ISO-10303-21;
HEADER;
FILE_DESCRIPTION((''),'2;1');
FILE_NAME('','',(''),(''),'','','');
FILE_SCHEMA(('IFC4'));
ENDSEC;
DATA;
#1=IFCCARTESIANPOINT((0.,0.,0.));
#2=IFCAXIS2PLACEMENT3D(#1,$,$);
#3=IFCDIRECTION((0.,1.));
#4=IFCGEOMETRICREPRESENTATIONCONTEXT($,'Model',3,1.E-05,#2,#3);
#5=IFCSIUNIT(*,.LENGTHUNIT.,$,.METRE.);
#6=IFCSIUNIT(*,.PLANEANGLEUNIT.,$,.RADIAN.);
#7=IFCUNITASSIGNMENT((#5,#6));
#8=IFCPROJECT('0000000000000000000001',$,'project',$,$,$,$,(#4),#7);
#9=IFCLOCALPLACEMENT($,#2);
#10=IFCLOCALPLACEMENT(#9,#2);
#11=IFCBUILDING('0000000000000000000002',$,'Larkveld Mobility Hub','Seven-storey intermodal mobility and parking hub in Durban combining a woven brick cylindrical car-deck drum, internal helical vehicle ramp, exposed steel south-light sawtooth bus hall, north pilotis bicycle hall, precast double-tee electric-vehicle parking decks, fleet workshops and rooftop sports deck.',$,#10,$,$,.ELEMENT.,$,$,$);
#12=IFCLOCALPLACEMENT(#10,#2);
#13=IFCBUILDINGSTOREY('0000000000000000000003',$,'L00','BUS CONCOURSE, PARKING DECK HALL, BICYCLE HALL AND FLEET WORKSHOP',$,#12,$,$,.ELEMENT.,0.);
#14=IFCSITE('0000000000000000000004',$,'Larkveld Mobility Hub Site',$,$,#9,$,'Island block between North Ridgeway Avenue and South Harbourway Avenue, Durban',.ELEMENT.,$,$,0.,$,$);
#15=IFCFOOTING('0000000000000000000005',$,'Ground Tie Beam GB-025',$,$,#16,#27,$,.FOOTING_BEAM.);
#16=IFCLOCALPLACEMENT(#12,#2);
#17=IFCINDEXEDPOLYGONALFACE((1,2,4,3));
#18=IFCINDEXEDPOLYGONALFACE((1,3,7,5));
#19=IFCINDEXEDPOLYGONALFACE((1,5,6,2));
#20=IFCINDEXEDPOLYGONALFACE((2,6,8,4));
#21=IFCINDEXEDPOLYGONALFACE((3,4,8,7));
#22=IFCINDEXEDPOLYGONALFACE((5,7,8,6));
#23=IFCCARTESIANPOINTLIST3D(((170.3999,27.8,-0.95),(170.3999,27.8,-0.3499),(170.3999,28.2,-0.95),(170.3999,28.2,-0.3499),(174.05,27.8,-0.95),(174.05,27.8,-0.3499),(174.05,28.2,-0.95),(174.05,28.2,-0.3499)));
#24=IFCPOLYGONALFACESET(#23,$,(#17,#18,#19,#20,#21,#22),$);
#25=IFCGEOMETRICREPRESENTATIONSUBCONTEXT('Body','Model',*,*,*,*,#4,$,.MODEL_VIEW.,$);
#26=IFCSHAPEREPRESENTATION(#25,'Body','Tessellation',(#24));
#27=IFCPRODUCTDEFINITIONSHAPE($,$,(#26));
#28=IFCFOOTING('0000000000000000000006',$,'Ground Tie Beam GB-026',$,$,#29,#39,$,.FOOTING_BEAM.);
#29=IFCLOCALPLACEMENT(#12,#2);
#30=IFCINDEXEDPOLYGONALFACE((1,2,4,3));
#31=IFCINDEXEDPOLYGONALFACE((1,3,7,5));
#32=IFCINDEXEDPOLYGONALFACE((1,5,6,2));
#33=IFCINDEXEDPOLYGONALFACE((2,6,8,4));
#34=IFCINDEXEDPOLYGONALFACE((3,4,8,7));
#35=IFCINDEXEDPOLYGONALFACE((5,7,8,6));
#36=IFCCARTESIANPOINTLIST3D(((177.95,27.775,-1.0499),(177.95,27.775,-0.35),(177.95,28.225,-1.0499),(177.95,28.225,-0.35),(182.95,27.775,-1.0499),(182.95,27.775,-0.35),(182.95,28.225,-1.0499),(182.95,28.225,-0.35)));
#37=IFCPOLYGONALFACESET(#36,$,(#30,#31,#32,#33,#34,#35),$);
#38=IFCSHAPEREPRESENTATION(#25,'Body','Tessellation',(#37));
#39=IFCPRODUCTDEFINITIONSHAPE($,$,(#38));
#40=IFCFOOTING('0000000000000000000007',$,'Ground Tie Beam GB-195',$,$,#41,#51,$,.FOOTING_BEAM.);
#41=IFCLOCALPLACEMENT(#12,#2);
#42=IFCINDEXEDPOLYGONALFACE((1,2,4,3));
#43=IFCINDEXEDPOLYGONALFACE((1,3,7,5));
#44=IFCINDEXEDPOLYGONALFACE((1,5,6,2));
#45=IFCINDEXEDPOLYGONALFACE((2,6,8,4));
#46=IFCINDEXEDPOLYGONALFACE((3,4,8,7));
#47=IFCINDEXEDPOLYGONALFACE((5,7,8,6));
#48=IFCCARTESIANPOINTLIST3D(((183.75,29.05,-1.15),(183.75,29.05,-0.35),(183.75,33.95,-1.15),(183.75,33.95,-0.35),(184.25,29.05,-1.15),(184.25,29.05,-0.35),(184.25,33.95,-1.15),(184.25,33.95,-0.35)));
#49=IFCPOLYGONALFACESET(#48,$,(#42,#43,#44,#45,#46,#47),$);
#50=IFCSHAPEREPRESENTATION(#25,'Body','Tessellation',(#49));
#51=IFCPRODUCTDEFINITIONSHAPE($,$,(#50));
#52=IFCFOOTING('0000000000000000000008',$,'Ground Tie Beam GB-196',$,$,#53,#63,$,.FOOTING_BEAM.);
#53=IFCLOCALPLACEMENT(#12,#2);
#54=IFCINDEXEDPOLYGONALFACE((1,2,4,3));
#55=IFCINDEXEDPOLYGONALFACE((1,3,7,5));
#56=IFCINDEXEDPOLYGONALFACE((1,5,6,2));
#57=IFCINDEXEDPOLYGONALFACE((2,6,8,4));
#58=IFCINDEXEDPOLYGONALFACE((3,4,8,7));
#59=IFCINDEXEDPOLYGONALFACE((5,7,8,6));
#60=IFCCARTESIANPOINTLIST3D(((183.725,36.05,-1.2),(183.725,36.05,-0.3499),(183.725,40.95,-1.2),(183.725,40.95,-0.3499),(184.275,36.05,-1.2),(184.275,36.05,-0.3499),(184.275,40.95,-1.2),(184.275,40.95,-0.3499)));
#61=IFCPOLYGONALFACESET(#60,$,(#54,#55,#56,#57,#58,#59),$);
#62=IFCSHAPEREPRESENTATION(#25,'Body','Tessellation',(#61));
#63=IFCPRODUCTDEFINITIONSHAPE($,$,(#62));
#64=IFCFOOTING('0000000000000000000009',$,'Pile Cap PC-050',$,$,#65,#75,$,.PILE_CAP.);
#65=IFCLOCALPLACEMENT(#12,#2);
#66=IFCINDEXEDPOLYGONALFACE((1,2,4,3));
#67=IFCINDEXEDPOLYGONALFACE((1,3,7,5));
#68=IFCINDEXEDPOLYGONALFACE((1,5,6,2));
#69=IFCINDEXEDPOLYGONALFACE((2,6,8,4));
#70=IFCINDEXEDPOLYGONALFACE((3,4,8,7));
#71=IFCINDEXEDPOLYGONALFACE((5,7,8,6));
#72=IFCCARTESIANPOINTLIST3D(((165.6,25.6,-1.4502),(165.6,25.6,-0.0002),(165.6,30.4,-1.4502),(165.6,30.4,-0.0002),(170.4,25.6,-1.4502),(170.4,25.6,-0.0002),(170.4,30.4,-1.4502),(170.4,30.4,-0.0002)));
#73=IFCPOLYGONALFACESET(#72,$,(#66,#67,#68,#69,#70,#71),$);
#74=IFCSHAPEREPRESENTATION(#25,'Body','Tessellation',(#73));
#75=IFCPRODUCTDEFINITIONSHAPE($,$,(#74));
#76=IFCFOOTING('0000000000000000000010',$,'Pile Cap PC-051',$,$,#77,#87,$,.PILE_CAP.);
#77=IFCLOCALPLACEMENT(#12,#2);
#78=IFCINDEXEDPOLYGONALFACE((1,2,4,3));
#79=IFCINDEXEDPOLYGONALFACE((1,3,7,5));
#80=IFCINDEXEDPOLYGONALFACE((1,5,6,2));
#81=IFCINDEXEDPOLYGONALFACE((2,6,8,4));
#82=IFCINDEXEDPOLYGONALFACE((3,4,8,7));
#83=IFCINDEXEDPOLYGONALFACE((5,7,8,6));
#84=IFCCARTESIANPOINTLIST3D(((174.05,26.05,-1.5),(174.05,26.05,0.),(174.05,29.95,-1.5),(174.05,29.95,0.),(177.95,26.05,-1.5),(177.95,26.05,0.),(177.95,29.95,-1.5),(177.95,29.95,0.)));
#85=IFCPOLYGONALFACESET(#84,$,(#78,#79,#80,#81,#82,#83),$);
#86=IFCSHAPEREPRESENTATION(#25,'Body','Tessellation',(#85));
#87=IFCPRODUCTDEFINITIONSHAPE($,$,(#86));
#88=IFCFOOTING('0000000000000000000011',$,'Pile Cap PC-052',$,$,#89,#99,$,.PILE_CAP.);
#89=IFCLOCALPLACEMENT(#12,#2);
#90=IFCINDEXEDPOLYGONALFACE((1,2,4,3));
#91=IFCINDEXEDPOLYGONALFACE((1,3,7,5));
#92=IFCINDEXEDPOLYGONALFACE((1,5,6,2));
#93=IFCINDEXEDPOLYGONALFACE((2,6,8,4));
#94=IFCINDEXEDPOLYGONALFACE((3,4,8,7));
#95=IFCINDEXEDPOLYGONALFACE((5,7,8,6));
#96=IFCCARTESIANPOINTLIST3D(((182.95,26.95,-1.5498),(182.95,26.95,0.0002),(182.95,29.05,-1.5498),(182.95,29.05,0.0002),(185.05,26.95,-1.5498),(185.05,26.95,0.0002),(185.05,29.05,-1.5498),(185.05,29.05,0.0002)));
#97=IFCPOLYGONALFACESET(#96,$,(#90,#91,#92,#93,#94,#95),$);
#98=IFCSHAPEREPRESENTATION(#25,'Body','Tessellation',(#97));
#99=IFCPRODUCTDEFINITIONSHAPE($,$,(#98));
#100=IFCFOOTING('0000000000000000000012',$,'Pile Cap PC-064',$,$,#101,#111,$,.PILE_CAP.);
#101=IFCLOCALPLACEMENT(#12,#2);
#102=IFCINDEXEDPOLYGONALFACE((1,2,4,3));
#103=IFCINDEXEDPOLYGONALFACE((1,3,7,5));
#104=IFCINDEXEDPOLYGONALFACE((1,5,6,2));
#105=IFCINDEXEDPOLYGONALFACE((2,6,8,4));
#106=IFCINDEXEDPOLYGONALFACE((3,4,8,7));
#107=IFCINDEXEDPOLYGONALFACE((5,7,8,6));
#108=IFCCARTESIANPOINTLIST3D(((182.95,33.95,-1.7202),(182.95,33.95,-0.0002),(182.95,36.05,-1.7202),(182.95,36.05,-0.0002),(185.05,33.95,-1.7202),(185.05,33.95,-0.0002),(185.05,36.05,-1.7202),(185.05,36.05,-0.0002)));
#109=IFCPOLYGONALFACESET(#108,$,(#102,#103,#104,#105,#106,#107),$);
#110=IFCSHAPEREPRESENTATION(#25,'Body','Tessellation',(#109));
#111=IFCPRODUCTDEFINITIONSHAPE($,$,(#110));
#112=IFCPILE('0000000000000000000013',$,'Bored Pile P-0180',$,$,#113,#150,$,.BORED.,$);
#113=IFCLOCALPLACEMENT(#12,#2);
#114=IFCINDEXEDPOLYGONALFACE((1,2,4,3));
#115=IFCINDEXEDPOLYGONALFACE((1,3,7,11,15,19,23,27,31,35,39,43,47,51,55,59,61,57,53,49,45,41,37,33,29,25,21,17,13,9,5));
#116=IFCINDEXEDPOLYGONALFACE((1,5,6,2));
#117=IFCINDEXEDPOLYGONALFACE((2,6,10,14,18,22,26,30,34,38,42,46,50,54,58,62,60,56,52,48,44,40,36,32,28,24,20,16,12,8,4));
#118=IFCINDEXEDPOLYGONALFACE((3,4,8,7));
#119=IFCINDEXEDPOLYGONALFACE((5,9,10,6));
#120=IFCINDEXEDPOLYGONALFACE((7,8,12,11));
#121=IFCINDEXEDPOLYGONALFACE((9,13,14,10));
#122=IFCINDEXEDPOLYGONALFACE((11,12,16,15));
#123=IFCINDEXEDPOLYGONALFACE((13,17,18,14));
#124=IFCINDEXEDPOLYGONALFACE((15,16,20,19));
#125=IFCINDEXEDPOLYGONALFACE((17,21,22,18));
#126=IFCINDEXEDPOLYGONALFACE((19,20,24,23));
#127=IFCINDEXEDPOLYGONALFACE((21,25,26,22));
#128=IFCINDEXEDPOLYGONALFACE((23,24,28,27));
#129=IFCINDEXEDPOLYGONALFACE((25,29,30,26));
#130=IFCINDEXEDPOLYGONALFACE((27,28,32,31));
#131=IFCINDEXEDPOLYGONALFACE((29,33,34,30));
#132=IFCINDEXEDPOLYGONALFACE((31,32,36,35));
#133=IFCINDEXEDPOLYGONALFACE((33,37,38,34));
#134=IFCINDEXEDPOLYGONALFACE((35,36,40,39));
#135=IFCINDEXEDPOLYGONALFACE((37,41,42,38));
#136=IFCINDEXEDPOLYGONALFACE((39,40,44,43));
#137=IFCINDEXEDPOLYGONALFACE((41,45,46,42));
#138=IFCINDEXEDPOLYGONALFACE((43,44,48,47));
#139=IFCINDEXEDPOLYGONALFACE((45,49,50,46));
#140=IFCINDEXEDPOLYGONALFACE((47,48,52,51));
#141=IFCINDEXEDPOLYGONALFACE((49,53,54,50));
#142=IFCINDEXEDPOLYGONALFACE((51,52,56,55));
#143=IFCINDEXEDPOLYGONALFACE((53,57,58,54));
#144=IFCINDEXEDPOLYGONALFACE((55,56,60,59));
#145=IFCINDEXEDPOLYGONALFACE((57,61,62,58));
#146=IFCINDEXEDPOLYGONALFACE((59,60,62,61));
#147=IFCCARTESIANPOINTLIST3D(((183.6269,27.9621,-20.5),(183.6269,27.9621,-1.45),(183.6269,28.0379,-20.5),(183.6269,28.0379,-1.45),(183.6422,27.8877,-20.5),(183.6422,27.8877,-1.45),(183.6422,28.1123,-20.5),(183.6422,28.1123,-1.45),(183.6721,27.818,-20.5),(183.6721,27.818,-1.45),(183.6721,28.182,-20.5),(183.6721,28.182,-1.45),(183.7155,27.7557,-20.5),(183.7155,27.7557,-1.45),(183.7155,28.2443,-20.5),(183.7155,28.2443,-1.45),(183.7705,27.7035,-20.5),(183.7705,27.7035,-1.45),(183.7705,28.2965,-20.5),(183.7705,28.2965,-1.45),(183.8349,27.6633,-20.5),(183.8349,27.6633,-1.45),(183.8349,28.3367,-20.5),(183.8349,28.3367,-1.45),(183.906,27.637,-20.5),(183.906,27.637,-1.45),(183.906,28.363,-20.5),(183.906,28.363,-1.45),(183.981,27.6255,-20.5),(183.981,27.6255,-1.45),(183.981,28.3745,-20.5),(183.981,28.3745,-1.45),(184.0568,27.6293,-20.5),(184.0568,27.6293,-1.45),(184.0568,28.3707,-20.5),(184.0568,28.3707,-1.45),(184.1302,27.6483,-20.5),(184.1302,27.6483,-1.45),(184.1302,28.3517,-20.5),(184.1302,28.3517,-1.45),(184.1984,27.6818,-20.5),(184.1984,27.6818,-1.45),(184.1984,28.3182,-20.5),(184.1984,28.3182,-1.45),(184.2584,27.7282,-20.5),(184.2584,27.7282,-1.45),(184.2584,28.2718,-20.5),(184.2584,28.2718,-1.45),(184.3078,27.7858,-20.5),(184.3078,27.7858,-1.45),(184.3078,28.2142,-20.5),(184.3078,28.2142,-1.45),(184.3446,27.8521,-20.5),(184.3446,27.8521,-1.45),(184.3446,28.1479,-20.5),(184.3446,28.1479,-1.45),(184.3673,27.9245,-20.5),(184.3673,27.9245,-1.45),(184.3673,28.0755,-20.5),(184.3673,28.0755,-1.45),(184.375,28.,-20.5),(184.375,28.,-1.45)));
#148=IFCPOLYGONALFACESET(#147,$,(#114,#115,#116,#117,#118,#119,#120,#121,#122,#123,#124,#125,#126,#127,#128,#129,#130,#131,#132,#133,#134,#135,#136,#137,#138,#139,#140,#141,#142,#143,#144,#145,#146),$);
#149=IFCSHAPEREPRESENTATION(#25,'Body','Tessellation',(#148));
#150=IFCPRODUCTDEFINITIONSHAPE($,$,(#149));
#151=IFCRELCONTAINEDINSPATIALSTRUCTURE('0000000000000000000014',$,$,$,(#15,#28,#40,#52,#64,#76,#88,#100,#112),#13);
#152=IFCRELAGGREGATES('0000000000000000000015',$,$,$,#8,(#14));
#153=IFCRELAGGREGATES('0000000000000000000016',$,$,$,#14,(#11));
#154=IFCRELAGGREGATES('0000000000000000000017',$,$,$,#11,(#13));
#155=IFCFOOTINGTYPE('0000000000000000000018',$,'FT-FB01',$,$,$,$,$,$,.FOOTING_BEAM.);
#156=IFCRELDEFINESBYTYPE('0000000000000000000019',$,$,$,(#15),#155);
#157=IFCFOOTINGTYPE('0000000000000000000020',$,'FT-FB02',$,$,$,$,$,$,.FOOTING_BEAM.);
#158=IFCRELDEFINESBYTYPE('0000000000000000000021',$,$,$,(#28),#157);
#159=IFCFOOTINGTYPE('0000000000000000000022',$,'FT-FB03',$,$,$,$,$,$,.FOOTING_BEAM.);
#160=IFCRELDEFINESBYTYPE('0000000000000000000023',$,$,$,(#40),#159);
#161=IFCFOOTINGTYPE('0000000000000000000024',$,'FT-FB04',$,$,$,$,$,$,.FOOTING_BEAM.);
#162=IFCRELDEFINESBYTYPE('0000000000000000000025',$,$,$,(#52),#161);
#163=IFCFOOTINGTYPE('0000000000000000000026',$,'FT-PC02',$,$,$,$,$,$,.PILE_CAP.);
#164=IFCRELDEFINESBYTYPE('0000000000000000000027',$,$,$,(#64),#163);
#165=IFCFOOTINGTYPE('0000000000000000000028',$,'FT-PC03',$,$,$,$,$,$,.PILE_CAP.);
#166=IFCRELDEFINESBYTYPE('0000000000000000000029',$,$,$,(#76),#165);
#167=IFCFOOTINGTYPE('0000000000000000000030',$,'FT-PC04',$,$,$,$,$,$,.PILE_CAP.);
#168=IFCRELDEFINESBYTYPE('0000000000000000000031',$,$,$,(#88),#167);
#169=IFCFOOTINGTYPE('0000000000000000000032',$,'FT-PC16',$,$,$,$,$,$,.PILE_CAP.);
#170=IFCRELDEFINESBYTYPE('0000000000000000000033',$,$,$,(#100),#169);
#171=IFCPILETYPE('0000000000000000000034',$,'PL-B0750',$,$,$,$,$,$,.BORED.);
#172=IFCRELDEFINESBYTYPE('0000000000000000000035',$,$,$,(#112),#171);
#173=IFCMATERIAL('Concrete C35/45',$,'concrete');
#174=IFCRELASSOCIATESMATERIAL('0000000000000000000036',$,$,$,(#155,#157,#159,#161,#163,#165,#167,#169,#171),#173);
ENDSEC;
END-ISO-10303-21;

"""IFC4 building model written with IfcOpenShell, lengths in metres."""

from ifc_helpers import new_model, si_unit, direction, frame, origin, origin_2d, place, context, subcontext, project, spatial, rectangle, circle, extrude, material, material_profile, profile_set, type_object, element, save


model = new_model("IFC4")

# Units and contexts
model_context = context("Model", 3, precision=1e-05, world=origin(), true_north=direction((0.0, 1.0)))
body_context = subcontext(model_context, "Body", "Model", "MODEL_VIEW")
ifc_project = project(units=[si_unit("LENGTHUNIT", "METRE"), si_unit("PLANEANGLEUNIT", "RADIAN")], contexts=[model_context])

# Site, building, storey
site_placement = place(None, origin())
site = spatial("IfcSite", under=ifc_project, at=site_placement, Name="Larkveld Mobility Hub Site", LongName="Island block between North Ridgeway Avenue and South Harbourway Avenue, Durban", CompositionType="ELEMENT", RefElevation=0.0)
building_placement = place(site_placement, origin())
building = spatial("IfcBuilding", under=site, at=building_placement, Name="Larkveld Mobility Hub", Description="Seven-storey intermodal mobility and parking hub in Durban combining a woven brick cylindrical car-deck drum, internal helical vehicle ramp, exposed steel south-light sawtooth bus hall, north pilotis bicycle hall, precast double-tee electric-vehicle parking decks, fleet workshops and rooftop sports deck.", CompositionType="ELEMENT")
storey_placement = place(building_placement, origin())
storey = spatial("IfcBuildingStorey", under=building, at=storey_placement, Name="L00", Description="BUS CONCOURSE, PARKING DECK HALL, BICYCLE HALL AND FLEET WORKSHOP", CompositionType="ELEMENT", Elevation=0.0)

# Footings
ifc_material_1 = material(Name="Concrete C35/45", Category="concrete")
ifc_material_profile_1 = material_profile(ifc_material_1, rectangle(XDim=0.3999, YDim=0.6001, at=origin_2d()), Name="RC BM 400x600")
ifc_profile_set_1 = profile_set([ifc_material_profile_1], Name="Concrete C35/45")
footing_type_1 = type_object("IfcFootingType", Name="FT-FB01", PredefinedType="FOOTING_BEAM", material=ifc_profile_set_1)
footing_1_placement = place(storey_placement, frame((170.3999, 28.0, -0.6499), z_axis=(1.0, 0.0, 0.0), x_axis=(0.0, 1.0, 0.0)))
element("IfcFooting", 1, at=footing_1_placement, inside=storey, type_object=footing_type_1, Name="Ground Tie Beam GB-025", PredefinedType="FOOTING_BEAM", context=body_context, shape_type="SweptSolid", body=[
    extrude(rectangle(XDim=0.3999, YDim=0.6001, at=origin_2d()), origin(), (0.0, 0.0, 1.0), 3.6501),
])
ifc_material_profile_2 = material_profile(ifc_material_1, rectangle(XDim=0.45, YDim=0.7, at=origin_2d()), Name="RC BM 450x700")
ifc_profile_set_2 = profile_set([ifc_material_profile_2], Name="Concrete C35/45")
footing_type_2 = type_object("IfcFootingType", Name="FT-FB02", PredefinedType="FOOTING_BEAM", material=ifc_profile_set_2)
footing_2_placement = place(storey_placement, frame((177.95, 28.0, -0.7), z_axis=(1.0, 0.0, 0.0), x_axis=(0.0, 1.0, 0.0)))
element("IfcFooting", 2, at=footing_2_placement, inside=storey, type_object=footing_type_2, Name="Ground Tie Beam GB-026", PredefinedType="FOOTING_BEAM", context=body_context, shape_type="SweptSolid", body=[
    extrude(rectangle(XDim=0.45, YDim=0.7, at=origin_2d()), origin(), (0.0, 0.0, 1.0), 5.0),
])
ifc_material_profile_3 = material_profile(ifc_material_1, rectangle(XDim=0.5, YDim=0.8, at=origin_2d()), Name="RC BM 500x800")
ifc_profile_set_3 = profile_set([ifc_material_profile_3], Name="Concrete C35/45")
footing_type_3 = type_object("IfcFootingType", Name="FT-FB03", PredefinedType="FOOTING_BEAM", material=ifc_profile_set_3)
footing_3_placement = place(storey_placement, frame((184.0, 29.05, -0.75), z_axis=(0.0, 1.0, 0.0), x_axis=(-1.0, 0.0, 0.0)))
element("IfcFooting", 3, at=footing_3_placement, inside=storey, type_object=footing_type_3, Name="Ground Tie Beam GB-195", PredefinedType="FOOTING_BEAM", context=body_context, shape_type="SweptSolid", body=[
    extrude(rectangle(XDim=0.5, YDim=0.8, at=origin_2d()), origin(), (0.0, 0.0, 1.0), 4.8999),
])
ifc_material_profile_4 = material_profile(ifc_material_1, rectangle(XDim=0.55, YDim=0.8501, at=origin_2d()), Name="RC BM 550x850")
ifc_profile_set_4 = profile_set([ifc_material_profile_4], Name="Concrete C35/45")
footing_type_4 = type_object("IfcFootingType", Name="FT-FB04", PredefinedType="FOOTING_BEAM", material=ifc_profile_set_4)
footing_4_placement = place(storey_placement, frame((184.0, 36.05, -0.7749), z_axis=(0.0, 1.0, 0.0), x_axis=(-1.0, 0.0, 0.0)))
element("IfcFooting", 4, at=footing_4_placement, inside=storey, type_object=footing_type_4, Name="Ground Tie Beam GB-196", PredefinedType="FOOTING_BEAM", context=body_context, shape_type="SweptSolid", body=[
    extrude(rectangle(XDim=0.55, YDim=0.8501, at=origin_2d()), origin(), (0.0, 0.0, 1.0), 4.8999),
])
footing_type_5 = type_object("IfcFootingType", Name="FT-PC02", PredefinedType="PILE_CAP", material=ifc_material_1)
footing_5_placement = place(storey_placement, frame((168.0, 28.0, -1.4502), z_axis=(0.0, 0.0, 1.0), x_axis=(1.0, 0.0, 0.0)))
element("IfcFooting", 5, at=footing_5_placement, inside=storey, type_object=footing_type_5, Name="Pile Cap PC-050", PredefinedType="PILE_CAP", context=body_context, shape_type="SweptSolid", body=[
    extrude(rectangle(XDim=4.8, YDim=4.8, at=origin_2d()), origin(), (0.0, 0.0, 1.0), 1.45),
])
footing_type_6 = type_object("IfcFootingType", Name="FT-PC03", PredefinedType="PILE_CAP", material=ifc_material_1)
footing_6_placement = place(storey_placement, frame((176.0, 28.0, -1.5), z_axis=(0.0, 0.0, 1.0), x_axis=(1.0, 0.0, 0.0)))
element("IfcFooting", 6, at=footing_6_placement, inside=storey, type_object=footing_type_6, Name="Pile Cap PC-051", PredefinedType="PILE_CAP", context=body_context, shape_type="SweptSolid", body=[
    extrude(rectangle(XDim=3.8999, YDim=3.8999, at=origin_2d()), origin(), (0.0, 0.0, 1.0), 1.5),
])
footing_type_7 = type_object("IfcFootingType", Name="FT-PC04", PredefinedType="PILE_CAP", material=ifc_material_1)
footing_7_placement = place(storey_placement, frame((184.0, 28.0, -1.5498), z_axis=(0.0, 0.0, 1.0), x_axis=(1.0, 0.0, 0.0)))
element("IfcFooting", 7, at=footing_7_placement, inside=storey, type_object=footing_type_7, Name="Pile Cap PC-052", PredefinedType="PILE_CAP", context=body_context, shape_type="SweptSolid", body=[
    extrude(rectangle(XDim=2.1001, YDim=2.1001, at=origin_2d()), origin(), (0.0, 0.0, 1.0), 1.55),
])
footing_type_8 = type_object("IfcFootingType", Name="FT-PC16", PredefinedType="PILE_CAP", material=ifc_material_1)
footing_8_placement = place(storey_placement, frame((184.0, 35.0, -1.7202), z_axis=(0.0, 0.0, 1.0), x_axis=(1.0, 0.0, 0.0)))
element("IfcFooting", 8, at=footing_8_placement, inside=storey, type_object=footing_type_8, Name="Pile Cap PC-064", PredefinedType="PILE_CAP", context=body_context, shape_type="SweptSolid", body=[
    extrude(rectangle(XDim=2.1001, YDim=2.1001, at=origin_2d()), origin(), (0.0, 0.0, 1.0), 1.72),
])

# Pile
ifc_material_profile_5 = material_profile(ifc_material_1, circle(Radius=0.375, at=origin_2d()), Name="PILE D750")
ifc_profile_set_5 = profile_set([ifc_material_profile_5], Name="Concrete C35/45")
pile_type_1 = type_object("IfcPileType", Name="PL-B0750", PredefinedType="BORED", material=ifc_profile_set_5)
pile_1_placement = place(storey_placement, frame((184.0, 28.0, -1.45), z_axis=(0.0, 0.0, -1.0), x_axis=(1.0, 0.0, 0.0)))
element("IfcPile", 9, at=pile_1_placement, inside=storey, type_object=pile_type_1, Name="Bored Pile P-0180", PredefinedType="BORED", context=body_context, shape_type="SweptSolid", body=[
    extrude(circle(Radius=0.375, at=origin_2d()), origin(), (0.0, 0.0, 1.0), 19.05),
])

save(model, "model.ifc")
